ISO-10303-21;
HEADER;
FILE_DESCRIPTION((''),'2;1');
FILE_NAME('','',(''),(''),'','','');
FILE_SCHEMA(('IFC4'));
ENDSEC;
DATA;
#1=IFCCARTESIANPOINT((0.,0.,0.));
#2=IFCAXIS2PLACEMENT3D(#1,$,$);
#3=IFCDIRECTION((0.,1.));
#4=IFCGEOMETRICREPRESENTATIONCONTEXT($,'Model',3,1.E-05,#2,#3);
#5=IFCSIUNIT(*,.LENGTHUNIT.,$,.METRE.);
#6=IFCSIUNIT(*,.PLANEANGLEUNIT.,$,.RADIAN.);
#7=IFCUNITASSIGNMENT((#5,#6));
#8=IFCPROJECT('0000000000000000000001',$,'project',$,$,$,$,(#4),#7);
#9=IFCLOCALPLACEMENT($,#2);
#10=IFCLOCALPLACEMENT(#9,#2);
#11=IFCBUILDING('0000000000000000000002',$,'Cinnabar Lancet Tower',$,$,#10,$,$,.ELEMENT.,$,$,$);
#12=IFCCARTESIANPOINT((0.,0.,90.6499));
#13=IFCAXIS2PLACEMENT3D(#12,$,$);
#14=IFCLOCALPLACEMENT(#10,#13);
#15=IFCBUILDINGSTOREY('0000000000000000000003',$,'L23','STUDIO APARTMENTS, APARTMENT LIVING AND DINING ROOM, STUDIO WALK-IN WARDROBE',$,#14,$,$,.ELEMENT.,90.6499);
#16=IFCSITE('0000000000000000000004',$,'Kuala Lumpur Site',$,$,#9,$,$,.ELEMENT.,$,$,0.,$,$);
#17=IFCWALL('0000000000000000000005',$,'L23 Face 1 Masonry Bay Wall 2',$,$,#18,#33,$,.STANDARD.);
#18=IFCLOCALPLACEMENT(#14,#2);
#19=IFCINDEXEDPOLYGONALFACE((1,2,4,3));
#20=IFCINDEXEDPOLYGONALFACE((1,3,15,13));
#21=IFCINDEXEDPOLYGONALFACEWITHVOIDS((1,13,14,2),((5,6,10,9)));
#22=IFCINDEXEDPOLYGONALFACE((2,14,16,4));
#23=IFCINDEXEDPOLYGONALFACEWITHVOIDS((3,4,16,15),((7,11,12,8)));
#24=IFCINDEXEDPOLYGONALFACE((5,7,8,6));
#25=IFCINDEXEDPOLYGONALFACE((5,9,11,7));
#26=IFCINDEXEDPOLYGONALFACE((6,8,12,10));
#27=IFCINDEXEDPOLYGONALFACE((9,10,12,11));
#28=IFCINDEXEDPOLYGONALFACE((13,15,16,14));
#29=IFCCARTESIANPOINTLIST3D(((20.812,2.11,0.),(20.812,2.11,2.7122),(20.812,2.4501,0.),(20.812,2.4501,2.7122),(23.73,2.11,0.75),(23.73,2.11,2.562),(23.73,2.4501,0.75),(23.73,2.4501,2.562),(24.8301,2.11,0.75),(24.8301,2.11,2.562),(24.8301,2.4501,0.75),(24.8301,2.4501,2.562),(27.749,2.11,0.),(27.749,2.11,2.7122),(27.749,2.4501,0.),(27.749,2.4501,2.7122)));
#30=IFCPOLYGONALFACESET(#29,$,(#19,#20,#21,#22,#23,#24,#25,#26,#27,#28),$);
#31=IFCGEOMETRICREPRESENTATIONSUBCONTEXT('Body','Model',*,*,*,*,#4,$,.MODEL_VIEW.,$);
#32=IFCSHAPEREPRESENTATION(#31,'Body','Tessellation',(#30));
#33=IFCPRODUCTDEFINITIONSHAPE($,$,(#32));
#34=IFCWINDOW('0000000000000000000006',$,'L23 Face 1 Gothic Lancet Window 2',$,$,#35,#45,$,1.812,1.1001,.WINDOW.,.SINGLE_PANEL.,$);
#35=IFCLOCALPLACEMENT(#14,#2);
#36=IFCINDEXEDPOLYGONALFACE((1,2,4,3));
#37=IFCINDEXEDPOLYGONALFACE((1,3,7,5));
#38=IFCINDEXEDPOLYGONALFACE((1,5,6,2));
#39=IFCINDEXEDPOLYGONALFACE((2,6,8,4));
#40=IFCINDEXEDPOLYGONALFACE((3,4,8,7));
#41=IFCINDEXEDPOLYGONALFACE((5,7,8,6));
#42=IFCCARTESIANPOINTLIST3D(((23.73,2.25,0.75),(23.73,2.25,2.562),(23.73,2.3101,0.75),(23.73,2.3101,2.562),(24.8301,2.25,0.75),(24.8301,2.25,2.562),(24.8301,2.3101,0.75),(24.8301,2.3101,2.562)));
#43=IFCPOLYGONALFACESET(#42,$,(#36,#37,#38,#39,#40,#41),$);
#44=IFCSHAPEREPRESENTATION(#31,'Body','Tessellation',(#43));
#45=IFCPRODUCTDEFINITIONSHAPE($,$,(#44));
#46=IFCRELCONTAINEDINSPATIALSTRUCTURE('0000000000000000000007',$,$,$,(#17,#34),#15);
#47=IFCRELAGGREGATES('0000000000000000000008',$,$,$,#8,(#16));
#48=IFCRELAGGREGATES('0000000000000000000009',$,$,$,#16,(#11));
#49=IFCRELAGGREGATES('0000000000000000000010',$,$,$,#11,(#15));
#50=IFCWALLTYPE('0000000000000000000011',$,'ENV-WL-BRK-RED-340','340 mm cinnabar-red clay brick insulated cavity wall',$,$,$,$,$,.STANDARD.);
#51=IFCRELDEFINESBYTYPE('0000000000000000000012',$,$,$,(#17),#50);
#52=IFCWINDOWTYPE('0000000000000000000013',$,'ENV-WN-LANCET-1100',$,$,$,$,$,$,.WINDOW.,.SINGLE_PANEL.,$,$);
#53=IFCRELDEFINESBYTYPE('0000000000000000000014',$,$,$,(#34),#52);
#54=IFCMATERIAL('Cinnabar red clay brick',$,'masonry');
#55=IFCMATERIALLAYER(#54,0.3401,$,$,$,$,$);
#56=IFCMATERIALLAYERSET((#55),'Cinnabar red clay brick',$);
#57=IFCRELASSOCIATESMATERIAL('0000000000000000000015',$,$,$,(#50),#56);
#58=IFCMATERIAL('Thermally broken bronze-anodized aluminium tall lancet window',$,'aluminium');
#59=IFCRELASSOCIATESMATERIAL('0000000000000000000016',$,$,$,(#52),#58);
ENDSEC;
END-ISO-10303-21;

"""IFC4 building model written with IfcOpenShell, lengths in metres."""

from ifc_helpers import new_model, si_unit, direction, frame, frame_2d, origin, place, context, subcontext, project, spatial, rectangle, extrude, material, layer, layer_set, type_object, element, fill, save


model = new_model("IFC4")

# Units and contexts
model_context = context("Model", 3, precision=1e-05, world=origin(), true_north=direction((0.0, 1.0)))
body_context = subcontext(model_context, "Body", "Model", "MODEL_VIEW")
ifc_project = project(units=[si_unit("LENGTHUNIT", "METRE"), si_unit("PLANEANGLEUNIT", "RADIAN")], contexts=[model_context])

# Site, building, storey
site_placement = place(None, origin())
site = spatial("IfcSite", under=ifc_project, at=site_placement, Name="Kuala Lumpur Site", CompositionType="ELEMENT", RefElevation=0.0)
building_placement = place(site_placement, origin())
building = spatial("IfcBuilding", under=site, at=building_placement, Name="Cinnabar Lancet Tower", CompositionType="ELEMENT")
storey_placement = place(building_placement, frame((0.0, 0.0, 90.6499)))
storey = spatial("IfcBuildingStorey", under=building, at=storey_placement, Name="L23", Description="STUDIO APARTMENTS, APARTMENT LIVING AND DINING ROOM, STUDIO WALK-IN WARDROBE", CompositionType="ELEMENT", Elevation=90.6499)

# Wall, opening, window
ifc_material_1 = material(Name="Cinnabar red clay brick", Category="masonry")
ifc_layer_1 = layer(ifc_material_1, 0.3401)
ifc_layer_set_1 = layer_set([ifc_layer_1], Name="Cinnabar red clay brick")
wall_type_1 = type_object("IfcWallType", Name="ENV-WL-BRK-RED-340", Description="340 mm cinnabar-red clay brick insulated cavity wall", PredefinedType="STANDARD", material=ifc_layer_set_1)
ifc_material_2 = material(Name="Thermally broken bronze-anodized aluminium tall lancet window", Category="aluminium")
window_type = type_object("IfcWindowType", Name="ENV-WN-LANCET-1100", PartitioningType="SINGLE_PANEL", PredefinedType="WINDOW", material=ifc_material_2)
wall_1_placement = place(storey_placement, frame((20.812, 2.28, 0.0), z_axis=(0.0, 0.0, 1.0), x_axis=(1.0, 0.0, 0.0)))
wall_1 = element("IfcWall", 1, at=wall_1_placement, inside=storey, type_object=wall_type_1, Name="L23 Face 1 Masonry Bay Wall 2", PredefinedType="STANDARD", context=body_context, shape_type="SweptSolid", body=[
    extrude(rectangle(XDim=6.937, YDim=0.3401, at=frame_2d((3.4685, 0.0))), origin(), (0.0, 0.0, 1.0), 2.7122),
])
opening_1_placement = place(wall_1_placement, frame((2.918, 0.0, 0.75)))
opening_1 = element("IfcOpeningElement", 2, at=opening_1_placement, cuts=wall_1, PredefinedType="OPENING", context=body_context, shape_type="SweptSolid", body=[
    extrude(rectangle(XDim=1.1001, YDim=1.812, at=frame_2d((0.55, 0.906))), frame((0.0, 0.1799, 0.0), z_axis=(0.0, -1.0, 0.0), x_axis=(1.0, 0.0, 0.0)), (0.0, 0.0, 1.0), 0.3601),
])
window_1_placement = place(opening_1_placement, origin())
window_1 = element("IfcWindow", 3, at=window_1_placement, inside=storey, type_object=window_type, Name="L23 Face 1 Gothic Lancet Window 2", OverallHeight=1.812, OverallWidth=1.1001, PartitioningType="SINGLE_PANEL", PredefinedType="WINDOW", context=body_context, shape_type="SweptSolid", body=[
    extrude(rectangle(XDim=1.1001, YDim=1.812, at=frame_2d((0.55, 0.906))), frame((0.0, 0.03, 0.0), z_axis=(0.0, -1.0, 0.0), x_axis=(1.0, 0.0, 0.0)), (0.0, 0.0, 1.0), 0.0601),
])
fill(opening_1, window_1)

save(model, "model.ifc")
